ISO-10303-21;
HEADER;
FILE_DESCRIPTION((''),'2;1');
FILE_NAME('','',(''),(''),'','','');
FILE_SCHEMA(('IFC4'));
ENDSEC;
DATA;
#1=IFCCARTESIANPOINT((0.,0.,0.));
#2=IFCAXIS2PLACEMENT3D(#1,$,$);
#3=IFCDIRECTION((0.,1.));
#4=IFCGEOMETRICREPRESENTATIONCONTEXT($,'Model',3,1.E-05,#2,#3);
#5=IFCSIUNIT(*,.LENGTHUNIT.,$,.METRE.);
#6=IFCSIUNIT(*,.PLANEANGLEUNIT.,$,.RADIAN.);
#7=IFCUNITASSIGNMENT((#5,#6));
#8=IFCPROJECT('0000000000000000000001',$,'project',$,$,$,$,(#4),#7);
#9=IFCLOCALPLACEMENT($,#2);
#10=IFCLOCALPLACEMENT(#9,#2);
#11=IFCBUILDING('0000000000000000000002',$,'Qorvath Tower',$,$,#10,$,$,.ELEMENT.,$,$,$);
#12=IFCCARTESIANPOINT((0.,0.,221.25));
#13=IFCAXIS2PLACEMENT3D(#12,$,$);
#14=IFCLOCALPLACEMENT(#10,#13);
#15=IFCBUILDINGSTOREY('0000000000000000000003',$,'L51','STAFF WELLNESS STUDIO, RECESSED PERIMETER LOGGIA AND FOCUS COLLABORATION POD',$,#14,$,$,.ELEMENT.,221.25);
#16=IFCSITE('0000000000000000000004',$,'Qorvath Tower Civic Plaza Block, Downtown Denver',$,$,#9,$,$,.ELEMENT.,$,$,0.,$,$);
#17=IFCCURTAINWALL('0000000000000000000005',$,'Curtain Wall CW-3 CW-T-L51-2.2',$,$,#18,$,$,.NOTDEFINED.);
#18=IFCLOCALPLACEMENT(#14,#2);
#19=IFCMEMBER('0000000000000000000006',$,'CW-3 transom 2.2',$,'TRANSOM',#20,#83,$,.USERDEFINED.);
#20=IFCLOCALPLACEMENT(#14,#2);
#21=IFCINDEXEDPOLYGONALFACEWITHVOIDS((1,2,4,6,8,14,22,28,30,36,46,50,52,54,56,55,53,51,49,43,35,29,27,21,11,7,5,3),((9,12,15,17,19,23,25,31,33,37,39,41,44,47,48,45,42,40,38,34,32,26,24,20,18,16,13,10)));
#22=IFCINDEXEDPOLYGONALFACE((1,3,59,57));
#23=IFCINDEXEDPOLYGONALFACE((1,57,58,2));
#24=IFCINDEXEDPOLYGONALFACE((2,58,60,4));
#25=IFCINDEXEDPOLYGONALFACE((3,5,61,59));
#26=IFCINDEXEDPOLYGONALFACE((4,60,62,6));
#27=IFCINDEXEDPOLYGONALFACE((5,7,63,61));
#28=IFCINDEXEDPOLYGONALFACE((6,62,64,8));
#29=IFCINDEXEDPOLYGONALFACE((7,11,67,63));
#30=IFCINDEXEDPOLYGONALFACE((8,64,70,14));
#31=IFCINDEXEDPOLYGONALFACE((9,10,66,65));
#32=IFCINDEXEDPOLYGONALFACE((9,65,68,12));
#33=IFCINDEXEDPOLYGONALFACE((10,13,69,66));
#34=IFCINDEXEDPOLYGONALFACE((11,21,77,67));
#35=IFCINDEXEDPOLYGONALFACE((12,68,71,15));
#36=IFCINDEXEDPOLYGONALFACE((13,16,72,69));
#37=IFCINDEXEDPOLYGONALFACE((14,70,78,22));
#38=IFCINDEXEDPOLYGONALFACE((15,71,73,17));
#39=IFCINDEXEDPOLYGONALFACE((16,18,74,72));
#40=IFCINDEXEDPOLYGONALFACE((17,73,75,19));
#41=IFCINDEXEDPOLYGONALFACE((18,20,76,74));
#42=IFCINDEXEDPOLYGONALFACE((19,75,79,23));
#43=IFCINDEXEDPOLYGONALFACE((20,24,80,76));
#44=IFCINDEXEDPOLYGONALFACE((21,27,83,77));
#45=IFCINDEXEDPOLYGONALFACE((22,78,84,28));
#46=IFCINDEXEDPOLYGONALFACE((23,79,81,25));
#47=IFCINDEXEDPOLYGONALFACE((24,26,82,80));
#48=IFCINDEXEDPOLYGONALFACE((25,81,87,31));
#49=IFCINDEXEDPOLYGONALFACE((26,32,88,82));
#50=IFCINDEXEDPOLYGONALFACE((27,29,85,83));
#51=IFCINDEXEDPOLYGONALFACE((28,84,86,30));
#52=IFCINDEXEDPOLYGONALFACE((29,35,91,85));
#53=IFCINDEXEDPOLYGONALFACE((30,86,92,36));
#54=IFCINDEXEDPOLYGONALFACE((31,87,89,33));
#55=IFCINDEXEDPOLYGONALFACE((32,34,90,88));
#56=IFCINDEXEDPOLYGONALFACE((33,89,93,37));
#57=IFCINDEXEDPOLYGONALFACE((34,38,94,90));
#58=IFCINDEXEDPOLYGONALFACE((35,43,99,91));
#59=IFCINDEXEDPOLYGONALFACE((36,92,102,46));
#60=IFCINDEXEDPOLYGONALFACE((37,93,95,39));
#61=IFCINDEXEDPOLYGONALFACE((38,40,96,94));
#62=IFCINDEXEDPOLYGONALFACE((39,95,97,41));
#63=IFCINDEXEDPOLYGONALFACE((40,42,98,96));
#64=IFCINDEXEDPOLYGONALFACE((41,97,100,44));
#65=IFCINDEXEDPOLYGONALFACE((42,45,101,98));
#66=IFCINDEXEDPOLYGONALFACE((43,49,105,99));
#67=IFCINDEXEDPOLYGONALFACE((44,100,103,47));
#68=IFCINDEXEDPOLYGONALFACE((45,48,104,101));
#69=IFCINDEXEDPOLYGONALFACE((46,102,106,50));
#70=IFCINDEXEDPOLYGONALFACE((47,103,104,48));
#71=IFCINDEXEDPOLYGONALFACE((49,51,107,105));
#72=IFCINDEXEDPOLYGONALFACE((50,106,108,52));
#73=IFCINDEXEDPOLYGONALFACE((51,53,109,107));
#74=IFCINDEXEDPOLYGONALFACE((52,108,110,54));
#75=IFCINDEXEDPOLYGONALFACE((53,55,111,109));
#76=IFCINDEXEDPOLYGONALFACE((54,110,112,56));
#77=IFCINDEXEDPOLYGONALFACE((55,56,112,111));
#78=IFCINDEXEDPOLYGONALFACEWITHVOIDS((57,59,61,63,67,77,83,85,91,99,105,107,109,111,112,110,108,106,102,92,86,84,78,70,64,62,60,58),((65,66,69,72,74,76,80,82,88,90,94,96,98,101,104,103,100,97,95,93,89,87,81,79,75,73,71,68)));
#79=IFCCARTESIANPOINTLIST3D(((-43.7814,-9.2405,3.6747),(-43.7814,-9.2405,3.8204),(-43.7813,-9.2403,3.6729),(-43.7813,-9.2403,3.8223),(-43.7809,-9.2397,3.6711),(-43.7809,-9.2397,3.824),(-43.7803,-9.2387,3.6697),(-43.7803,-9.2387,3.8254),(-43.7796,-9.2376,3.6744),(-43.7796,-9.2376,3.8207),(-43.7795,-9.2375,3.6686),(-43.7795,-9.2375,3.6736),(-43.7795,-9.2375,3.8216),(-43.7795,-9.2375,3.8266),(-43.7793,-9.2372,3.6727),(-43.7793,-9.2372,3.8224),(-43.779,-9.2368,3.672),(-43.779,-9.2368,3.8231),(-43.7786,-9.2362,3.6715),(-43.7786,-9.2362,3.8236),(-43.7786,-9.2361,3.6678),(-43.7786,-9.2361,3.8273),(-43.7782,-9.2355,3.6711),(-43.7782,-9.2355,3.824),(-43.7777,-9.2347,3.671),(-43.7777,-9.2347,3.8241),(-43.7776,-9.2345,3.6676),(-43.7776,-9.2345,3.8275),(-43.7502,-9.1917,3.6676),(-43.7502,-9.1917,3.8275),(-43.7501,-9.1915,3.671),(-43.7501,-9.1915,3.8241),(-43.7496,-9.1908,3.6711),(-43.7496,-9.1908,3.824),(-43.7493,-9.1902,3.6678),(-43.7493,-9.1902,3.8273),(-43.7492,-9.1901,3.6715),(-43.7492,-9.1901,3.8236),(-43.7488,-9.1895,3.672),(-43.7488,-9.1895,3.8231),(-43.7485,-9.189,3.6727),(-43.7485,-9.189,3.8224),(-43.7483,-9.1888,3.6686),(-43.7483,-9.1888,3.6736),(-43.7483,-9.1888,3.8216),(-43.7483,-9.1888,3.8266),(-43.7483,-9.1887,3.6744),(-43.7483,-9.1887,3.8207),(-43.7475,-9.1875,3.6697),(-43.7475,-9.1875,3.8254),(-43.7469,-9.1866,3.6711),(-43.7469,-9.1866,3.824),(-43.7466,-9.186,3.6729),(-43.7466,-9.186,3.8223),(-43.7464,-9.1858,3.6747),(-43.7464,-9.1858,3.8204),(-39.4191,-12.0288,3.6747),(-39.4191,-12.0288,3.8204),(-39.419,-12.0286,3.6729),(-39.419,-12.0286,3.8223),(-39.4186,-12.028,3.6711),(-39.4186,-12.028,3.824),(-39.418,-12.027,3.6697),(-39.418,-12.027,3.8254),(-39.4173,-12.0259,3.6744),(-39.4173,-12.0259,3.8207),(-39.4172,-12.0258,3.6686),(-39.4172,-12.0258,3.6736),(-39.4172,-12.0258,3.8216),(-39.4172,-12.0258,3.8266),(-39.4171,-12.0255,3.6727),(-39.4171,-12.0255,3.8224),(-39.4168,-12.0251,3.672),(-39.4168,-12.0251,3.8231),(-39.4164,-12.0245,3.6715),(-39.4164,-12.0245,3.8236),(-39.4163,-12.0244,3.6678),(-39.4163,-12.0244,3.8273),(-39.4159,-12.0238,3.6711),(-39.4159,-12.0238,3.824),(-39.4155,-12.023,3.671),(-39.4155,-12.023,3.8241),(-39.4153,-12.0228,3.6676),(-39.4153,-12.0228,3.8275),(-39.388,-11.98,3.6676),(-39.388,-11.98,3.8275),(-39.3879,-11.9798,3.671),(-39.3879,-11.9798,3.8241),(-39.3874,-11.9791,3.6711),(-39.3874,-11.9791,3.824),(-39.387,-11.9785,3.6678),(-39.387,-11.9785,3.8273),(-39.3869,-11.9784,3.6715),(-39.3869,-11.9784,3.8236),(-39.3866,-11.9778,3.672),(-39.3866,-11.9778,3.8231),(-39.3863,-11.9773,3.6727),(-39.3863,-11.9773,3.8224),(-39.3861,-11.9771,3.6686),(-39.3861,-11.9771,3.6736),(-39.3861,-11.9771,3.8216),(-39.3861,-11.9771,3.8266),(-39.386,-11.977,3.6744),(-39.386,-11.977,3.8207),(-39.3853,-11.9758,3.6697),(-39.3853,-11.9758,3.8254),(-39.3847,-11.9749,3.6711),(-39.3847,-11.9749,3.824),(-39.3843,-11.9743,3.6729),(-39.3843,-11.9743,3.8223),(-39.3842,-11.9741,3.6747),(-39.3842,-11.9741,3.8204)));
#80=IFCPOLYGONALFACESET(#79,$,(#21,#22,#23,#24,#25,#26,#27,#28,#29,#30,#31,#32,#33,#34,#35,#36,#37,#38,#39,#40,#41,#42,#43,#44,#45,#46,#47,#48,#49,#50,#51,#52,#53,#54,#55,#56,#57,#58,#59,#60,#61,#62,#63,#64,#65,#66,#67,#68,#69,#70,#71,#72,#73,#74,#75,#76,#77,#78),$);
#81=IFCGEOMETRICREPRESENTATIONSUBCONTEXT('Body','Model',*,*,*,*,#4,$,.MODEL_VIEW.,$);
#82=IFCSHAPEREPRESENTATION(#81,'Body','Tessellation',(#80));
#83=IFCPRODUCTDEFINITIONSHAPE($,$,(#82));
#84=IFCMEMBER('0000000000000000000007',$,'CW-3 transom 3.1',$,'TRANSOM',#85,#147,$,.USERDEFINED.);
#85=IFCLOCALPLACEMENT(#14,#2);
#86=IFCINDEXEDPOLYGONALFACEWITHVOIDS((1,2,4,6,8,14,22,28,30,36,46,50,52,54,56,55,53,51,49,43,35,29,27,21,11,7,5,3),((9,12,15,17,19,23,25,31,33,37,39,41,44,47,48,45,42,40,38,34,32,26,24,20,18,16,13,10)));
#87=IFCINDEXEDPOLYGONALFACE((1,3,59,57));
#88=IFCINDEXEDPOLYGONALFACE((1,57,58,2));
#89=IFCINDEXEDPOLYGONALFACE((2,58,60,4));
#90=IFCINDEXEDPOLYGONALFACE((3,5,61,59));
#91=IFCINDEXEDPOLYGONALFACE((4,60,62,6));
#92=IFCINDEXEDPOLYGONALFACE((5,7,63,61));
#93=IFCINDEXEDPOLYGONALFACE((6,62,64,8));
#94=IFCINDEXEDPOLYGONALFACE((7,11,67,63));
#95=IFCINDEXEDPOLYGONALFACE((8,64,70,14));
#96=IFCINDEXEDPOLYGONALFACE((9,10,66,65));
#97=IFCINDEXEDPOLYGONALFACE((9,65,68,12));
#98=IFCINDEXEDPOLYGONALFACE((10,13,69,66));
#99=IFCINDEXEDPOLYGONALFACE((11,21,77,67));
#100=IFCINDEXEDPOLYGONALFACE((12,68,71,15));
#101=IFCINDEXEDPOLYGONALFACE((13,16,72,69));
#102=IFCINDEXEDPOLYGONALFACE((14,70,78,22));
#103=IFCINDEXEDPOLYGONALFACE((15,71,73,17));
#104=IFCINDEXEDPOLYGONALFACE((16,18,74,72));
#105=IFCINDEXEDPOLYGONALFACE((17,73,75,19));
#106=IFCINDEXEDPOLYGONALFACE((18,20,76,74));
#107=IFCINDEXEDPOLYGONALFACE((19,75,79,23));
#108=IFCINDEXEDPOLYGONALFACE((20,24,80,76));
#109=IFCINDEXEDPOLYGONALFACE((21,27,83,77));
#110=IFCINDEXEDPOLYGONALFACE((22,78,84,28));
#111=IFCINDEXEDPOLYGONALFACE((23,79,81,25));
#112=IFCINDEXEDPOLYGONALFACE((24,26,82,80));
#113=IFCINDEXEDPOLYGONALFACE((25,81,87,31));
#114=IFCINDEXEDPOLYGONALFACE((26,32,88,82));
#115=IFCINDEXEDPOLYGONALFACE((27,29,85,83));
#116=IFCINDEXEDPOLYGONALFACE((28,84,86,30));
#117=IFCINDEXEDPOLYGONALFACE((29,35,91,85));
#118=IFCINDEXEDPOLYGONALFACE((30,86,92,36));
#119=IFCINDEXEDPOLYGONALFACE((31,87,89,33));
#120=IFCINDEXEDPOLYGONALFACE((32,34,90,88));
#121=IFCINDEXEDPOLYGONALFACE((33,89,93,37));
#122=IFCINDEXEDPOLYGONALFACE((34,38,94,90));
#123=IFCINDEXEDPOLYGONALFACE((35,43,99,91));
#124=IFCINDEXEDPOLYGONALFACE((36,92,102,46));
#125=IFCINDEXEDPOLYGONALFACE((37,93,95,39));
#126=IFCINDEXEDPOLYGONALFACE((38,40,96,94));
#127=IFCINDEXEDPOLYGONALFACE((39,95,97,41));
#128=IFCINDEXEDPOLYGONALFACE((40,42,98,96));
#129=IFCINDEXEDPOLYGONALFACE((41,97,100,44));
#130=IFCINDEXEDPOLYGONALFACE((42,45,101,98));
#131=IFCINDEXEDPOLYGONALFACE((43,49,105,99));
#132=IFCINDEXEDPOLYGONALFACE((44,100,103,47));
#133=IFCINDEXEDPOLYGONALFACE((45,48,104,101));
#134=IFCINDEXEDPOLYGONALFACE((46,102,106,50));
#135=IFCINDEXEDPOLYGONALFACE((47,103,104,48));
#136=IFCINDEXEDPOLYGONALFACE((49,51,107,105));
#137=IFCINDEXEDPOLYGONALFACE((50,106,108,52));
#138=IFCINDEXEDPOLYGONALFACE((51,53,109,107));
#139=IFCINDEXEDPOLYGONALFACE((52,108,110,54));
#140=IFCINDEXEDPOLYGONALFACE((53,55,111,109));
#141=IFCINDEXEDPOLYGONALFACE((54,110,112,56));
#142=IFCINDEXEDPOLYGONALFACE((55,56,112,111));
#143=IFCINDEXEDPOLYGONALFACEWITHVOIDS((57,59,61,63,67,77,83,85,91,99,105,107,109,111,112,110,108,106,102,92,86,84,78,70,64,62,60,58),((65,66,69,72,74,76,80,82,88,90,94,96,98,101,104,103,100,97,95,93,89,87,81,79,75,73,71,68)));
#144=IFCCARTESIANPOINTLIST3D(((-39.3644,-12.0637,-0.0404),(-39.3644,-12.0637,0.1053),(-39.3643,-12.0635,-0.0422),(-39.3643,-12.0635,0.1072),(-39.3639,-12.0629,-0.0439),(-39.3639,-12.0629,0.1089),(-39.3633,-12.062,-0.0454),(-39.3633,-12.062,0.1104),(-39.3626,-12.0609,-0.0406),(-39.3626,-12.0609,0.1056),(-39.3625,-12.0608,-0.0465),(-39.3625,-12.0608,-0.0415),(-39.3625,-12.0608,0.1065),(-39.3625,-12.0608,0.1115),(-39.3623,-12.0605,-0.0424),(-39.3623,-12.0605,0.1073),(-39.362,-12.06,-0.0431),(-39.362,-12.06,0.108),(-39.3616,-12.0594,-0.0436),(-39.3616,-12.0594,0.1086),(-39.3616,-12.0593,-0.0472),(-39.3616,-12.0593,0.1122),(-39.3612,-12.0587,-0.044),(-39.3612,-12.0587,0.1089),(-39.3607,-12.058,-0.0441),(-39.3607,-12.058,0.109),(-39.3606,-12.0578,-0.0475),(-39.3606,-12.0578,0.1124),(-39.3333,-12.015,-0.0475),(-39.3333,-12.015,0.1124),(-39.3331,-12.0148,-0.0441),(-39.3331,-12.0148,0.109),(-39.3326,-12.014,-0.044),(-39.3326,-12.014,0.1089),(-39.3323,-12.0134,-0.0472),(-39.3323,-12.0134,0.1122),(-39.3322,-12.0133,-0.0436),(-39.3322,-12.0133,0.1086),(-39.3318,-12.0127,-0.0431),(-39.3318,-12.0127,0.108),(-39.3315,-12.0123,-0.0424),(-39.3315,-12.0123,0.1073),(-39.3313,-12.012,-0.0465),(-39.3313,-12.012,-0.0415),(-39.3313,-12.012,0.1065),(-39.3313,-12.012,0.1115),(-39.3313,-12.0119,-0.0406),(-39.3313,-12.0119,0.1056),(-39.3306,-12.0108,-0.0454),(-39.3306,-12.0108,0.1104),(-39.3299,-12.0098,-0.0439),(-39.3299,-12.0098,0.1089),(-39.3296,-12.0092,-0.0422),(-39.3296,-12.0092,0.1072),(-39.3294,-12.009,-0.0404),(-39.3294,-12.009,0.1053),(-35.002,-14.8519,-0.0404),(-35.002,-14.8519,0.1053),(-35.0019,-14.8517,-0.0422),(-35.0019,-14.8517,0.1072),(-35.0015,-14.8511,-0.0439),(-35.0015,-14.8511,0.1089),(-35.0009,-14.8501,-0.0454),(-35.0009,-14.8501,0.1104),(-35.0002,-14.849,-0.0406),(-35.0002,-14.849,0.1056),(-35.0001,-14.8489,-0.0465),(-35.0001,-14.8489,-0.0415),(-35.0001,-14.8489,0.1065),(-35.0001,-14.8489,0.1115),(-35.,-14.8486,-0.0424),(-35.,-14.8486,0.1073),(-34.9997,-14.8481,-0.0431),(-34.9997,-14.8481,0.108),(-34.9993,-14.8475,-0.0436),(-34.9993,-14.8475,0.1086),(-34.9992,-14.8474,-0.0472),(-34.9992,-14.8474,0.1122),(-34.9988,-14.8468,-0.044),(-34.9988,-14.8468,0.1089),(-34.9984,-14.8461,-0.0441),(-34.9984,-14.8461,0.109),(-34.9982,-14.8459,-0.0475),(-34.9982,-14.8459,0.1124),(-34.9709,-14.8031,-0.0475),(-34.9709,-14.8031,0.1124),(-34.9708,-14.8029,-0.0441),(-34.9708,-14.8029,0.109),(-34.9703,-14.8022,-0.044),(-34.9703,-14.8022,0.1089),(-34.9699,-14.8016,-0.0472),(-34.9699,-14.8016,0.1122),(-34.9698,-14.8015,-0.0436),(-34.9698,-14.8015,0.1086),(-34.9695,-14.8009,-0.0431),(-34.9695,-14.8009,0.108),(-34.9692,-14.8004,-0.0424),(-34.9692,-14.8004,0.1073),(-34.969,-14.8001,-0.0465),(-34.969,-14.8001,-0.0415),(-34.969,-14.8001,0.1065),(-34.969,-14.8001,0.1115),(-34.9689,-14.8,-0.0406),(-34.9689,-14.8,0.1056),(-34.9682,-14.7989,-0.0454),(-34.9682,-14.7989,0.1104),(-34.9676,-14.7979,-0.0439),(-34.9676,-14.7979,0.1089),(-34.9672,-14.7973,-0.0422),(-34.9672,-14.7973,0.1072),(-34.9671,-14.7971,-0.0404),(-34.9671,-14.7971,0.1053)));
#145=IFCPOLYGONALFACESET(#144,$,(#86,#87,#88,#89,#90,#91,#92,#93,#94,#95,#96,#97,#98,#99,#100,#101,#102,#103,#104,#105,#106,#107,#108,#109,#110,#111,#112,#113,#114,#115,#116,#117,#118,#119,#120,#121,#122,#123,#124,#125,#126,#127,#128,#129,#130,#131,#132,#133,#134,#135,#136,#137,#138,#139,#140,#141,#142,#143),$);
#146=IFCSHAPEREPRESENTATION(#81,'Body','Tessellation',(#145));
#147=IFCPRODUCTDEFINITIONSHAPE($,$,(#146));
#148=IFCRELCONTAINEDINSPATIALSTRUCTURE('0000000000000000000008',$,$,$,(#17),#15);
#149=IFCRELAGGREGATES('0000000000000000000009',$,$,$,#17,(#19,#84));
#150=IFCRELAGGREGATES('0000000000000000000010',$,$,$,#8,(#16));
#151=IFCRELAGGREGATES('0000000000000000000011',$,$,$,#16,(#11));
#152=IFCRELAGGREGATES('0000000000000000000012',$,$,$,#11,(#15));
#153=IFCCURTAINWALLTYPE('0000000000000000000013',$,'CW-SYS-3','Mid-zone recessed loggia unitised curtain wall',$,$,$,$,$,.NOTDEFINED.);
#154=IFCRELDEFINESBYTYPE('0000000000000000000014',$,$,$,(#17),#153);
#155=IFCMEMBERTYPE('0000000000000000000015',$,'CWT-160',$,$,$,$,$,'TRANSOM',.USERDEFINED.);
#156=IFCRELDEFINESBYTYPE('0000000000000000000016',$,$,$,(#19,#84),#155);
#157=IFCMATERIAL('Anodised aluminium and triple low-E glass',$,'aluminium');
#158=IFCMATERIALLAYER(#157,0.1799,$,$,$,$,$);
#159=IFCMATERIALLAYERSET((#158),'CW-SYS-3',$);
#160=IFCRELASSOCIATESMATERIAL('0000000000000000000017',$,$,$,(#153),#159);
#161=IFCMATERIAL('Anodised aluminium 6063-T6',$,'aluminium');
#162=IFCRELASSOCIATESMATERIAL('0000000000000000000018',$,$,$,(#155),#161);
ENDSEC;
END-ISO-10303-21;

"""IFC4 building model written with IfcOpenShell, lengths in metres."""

from ifc_helpers import new_model, si_unit, direction, frame, origin, origin_2d, place, context, subcontext, project, spatial, hollow_rectangle, extrude, material, layer, layer_set, material_profile, profile_set, type_object, element, aggregate, save


model = new_model("IFC4")

# Units and contexts
model_context = context("Model", 3, precision=1e-05, world=origin(), true_north=direction((0.0, 1.0)))
body_context = subcontext(model_context, "Body", "Model", "MODEL_VIEW")
ifc_project = project(units=[si_unit("LENGTHUNIT", "METRE"), si_unit("PLANEANGLEUNIT", "RADIAN")], contexts=[model_context])

# Site, building, storey
site_placement = place(None, origin())
site = spatial("IfcSite", under=ifc_project, at=site_placement, Name="Qorvath Tower Civic Plaza Block, Downtown Denver", CompositionType="ELEMENT", RefElevation=0.0)
building_placement = place(site_placement, origin())
building = spatial("IfcBuilding", under=site, at=building_placement, Name="Qorvath Tower", CompositionType="ELEMENT")
storey_placement = place(building_placement, frame((0.0, 0.0, 221.25)))
storey = spatial("IfcBuildingStorey", under=building, at=storey_placement, Name="L51", Description="STAFF WELLNESS STUDIO, RECESSED PERIMETER LOGGIA AND FOCUS COLLABORATION POD", CompositionType="ELEMENT", Elevation=221.25)

# Curtain wall
ifc_material_1 = material(Name="Anodised aluminium and triple low-E glass", Category="aluminium")
ifc_layer_1 = layer(ifc_material_1, 0.1799)
ifc_layer_set_1 = layer_set([ifc_layer_1], Name="CW-SYS-3")
curtain_wall_type = type_object("IfcCurtainWallType", Name="CW-SYS-3", Description="Mid-zone recessed loggia unitised curtain wall", PredefinedType="NOTDEFINED", material=ifc_layer_set_1)
curtain_wall_1_placement = place(storey_placement, origin())
curtain_wall_1 = element("IfcCurtainWall", 1, at=curtain_wall_1_placement, inside=storey, type_object=curtain_wall_type, Name="Curtain Wall CW-3 CW-T-L51-2.2", PredefinedType="NOTDEFINED")

# Members
ifc_material_2 = material(Name="Anodised aluminium 6063-T6", Category="aluminium")
ifc_material_profile_1 = material_profile(ifc_material_2, hollow_rectangle(XDim=0.0649, YDim=0.1599, WallThickness=0.0034, InnerFilletRadius=0.0034, OuterFilletRadius=0.0071, at=origin_2d()), Name="CWT 160x65")
ifc_profile_set_1 = profile_set([ifc_material_profile_1], Name="Anodised aluminium 6063-T6")
member_type_1 = type_object("IfcMemberType", Name="CWT-160", ElementType="TRANSOM", PredefinedType="USERDEFINED", material=ifc_profile_set_1)
member_1_placement = place(storey_placement, frame((-43.7639, -9.2131, 3.7476), z_axis=(0.842582, -0.538568, 0.0), x_axis=(0.538568, 0.842582, 0.0)))
member_1 = element("IfcMember", 2, at=member_1_placement, type_object=member_type_1, Name="CW-3 transom 2.2", ObjectType="TRANSOM", PredefinedType="USERDEFINED", context=body_context, shape_type="SweptSolid", body=[
    extrude(hollow_rectangle(XDim=0.0649, YDim=0.1599, WallThickness=0.0034, InnerFilletRadius=0.0034, OuterFilletRadius=0.0071, at=origin_2d()), origin(), (0.0, 0.0, 1.0), 5.1772),
])
member_2_placement = place(storey_placement, frame((-39.3469, -12.0364, 0.0325), z_axis=(0.842604, -0.538534, 0.0), x_axis=(0.538534, 0.842604, 0.0)))
member_2 = element("IfcMember", 3, at=member_2_placement, type_object=member_type_1, Name="CW-3 transom 3.1", ObjectType="TRANSOM", PredefinedType="USERDEFINED", context=body_context, shape_type="SweptSolid", body=[
    extrude(hollow_rectangle(XDim=0.0649, YDim=0.1599, WallThickness=0.0034, InnerFilletRadius=0.0034, OuterFilletRadius=0.0071, at=origin_2d()), origin(), (0.0, 0.0, 1.0), 5.1772),
])

aggregate(curtain_wall_1, [member_1, member_2])

save(model, "model.ifc")
